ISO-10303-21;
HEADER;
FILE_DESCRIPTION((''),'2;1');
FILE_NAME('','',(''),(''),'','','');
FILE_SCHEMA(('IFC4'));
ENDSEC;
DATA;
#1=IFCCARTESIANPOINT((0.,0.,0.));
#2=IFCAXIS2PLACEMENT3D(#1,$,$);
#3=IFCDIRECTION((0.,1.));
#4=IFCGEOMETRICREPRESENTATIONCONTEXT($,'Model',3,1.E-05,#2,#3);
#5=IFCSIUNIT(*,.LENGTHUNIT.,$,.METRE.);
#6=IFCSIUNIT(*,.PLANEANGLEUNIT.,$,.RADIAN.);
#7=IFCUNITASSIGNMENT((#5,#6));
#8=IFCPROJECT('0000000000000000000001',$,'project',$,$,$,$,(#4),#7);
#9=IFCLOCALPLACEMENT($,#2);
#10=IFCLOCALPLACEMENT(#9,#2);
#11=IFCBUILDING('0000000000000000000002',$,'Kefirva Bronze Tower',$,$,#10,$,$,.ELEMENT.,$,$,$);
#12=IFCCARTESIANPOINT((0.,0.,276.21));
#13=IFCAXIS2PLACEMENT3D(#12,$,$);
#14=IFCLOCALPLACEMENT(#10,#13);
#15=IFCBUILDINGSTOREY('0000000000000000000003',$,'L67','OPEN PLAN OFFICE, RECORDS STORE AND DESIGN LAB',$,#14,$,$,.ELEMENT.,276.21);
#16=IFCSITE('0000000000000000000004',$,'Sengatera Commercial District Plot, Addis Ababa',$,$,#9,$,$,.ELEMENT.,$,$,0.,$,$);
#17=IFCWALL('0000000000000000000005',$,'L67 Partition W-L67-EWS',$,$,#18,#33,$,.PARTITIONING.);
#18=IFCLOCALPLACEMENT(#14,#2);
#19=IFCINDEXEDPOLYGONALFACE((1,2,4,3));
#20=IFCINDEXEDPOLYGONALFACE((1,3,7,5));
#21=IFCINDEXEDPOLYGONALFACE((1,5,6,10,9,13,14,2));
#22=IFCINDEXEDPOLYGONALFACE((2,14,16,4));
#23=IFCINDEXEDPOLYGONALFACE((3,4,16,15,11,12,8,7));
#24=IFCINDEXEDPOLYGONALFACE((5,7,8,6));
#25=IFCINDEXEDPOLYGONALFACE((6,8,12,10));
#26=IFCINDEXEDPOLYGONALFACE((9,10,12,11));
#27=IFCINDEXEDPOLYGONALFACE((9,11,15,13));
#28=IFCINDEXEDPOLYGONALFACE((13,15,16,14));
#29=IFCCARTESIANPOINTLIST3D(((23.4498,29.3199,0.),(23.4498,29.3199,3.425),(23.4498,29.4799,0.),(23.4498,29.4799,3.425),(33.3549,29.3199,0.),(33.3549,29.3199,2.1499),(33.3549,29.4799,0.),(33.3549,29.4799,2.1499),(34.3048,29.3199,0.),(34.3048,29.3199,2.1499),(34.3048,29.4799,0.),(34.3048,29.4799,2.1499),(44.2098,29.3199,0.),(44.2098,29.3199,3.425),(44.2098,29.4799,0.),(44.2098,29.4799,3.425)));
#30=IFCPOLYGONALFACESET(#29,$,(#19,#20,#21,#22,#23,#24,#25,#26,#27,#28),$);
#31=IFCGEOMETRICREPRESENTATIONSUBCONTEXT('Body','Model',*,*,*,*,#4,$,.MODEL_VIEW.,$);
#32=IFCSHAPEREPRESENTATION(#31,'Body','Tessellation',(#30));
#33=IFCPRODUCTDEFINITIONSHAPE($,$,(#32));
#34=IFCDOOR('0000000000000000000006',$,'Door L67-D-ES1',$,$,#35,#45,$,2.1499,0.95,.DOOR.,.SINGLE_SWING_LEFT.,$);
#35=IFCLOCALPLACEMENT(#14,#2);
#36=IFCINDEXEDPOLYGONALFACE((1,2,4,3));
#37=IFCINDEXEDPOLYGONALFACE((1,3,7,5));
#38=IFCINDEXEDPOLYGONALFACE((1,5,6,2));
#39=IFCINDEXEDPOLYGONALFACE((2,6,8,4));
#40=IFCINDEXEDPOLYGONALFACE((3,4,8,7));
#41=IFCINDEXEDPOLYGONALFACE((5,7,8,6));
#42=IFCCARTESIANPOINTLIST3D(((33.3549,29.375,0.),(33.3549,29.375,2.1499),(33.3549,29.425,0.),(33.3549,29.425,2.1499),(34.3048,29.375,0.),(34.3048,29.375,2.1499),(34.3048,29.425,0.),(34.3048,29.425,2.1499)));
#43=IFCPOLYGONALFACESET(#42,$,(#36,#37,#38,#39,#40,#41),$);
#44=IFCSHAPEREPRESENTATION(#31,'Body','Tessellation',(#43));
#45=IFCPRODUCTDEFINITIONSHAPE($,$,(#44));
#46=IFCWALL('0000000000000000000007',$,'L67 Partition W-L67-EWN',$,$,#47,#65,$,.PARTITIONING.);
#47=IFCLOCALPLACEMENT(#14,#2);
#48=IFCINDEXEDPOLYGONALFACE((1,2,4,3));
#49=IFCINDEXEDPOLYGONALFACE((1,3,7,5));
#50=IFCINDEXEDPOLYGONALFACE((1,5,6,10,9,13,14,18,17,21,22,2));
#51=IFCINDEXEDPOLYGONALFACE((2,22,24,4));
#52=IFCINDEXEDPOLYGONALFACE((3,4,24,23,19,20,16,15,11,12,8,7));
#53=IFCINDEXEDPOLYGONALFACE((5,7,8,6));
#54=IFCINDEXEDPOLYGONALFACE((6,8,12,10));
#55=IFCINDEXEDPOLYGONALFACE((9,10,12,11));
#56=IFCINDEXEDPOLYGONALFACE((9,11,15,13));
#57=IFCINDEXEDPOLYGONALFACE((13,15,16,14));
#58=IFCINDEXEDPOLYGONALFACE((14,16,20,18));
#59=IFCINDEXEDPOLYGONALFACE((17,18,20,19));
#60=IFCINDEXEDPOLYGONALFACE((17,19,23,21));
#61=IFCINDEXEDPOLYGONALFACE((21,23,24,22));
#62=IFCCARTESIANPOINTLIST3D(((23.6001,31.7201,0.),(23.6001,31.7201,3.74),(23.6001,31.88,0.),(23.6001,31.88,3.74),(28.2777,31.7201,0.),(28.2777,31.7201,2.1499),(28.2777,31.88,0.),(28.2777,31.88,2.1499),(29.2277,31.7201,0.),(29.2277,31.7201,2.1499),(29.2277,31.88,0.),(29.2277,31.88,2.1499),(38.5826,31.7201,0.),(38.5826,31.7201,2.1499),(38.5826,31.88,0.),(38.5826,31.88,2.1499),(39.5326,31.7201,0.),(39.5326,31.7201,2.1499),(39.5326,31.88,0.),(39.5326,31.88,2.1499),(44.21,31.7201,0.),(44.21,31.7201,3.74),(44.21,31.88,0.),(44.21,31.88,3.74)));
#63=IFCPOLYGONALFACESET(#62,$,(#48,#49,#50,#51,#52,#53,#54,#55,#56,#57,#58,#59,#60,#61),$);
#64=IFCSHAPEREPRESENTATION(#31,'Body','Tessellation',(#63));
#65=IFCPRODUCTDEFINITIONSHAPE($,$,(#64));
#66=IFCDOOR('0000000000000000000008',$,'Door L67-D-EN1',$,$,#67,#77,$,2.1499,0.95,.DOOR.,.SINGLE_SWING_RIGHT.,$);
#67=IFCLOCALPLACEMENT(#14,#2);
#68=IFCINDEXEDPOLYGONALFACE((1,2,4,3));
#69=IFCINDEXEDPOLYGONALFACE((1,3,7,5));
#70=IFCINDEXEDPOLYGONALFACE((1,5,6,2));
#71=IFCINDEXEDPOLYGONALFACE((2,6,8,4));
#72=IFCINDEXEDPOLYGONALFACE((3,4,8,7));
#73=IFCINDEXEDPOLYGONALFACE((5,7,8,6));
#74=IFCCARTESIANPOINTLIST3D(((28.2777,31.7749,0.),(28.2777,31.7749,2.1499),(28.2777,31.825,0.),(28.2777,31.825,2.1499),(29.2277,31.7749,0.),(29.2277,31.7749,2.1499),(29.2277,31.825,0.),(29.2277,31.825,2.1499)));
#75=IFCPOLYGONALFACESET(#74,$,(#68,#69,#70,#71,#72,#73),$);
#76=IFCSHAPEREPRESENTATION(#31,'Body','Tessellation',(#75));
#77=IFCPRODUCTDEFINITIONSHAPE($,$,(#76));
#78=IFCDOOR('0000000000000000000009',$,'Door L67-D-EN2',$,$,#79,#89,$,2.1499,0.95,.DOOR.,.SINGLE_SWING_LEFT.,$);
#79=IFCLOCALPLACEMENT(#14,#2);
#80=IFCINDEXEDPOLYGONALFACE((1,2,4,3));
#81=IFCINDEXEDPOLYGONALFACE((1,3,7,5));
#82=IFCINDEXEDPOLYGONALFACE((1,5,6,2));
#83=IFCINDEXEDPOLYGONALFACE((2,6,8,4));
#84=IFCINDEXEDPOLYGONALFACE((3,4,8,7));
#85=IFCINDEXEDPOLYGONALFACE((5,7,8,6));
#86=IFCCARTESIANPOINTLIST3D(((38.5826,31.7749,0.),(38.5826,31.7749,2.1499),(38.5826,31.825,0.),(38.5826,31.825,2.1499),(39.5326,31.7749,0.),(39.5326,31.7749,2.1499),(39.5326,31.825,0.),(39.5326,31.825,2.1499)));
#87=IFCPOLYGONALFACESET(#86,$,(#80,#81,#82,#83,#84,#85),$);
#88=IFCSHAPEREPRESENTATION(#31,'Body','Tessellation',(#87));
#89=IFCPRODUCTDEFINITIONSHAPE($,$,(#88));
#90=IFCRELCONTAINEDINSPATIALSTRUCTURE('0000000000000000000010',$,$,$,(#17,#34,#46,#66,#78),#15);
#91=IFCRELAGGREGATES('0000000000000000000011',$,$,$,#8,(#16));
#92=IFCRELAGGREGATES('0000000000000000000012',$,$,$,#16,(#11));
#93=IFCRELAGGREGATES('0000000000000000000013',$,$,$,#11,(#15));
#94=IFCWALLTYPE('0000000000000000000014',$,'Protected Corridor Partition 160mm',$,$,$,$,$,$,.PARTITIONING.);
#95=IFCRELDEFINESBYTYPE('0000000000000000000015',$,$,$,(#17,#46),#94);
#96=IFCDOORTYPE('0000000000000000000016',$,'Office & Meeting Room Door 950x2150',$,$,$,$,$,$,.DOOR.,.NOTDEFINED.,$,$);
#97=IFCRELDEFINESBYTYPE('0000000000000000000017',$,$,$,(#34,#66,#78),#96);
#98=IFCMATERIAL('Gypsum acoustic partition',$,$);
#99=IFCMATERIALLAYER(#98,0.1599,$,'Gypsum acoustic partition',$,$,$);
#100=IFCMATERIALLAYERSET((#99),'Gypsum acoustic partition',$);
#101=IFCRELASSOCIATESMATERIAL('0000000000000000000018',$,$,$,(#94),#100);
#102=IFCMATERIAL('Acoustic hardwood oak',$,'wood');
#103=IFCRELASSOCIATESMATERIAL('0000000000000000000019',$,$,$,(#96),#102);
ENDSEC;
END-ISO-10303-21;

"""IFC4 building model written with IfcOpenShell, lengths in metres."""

from ifc_helpers import new_model, si_unit, direction, frame, frame_2d, origin, place, context, subcontext, project, spatial, rectangle, extrude, material, layer, layer_set, type_object, element, fill, save


model = new_model("IFC4")

# Units and contexts
model_context = context("Model", 3, precision=1e-05, world=origin(), true_north=direction((0.0, 1.0)))
body_context = subcontext(model_context, "Body", "Model", "MODEL_VIEW")
ifc_project = project(units=[si_unit("LENGTHUNIT", "METRE"), si_unit("PLANEANGLEUNIT", "RADIAN")], contexts=[model_context])

# Site, building, storey
site_placement = place(None, origin())
site = spatial("IfcSite", under=ifc_project, at=site_placement, Name="Sengatera Commercial District Plot, Addis Ababa", CompositionType="ELEMENT", RefElevation=0.0)
building_placement = place(site_placement, origin())
building = spatial("IfcBuilding", under=site, at=building_placement, Name="Kefirva Bronze Tower", CompositionType="ELEMENT")
storey_placement = place(building_placement, frame((0.0, 0.0, 276.21)))
storey = spatial("IfcBuildingStorey", under=building, at=storey_placement, Name="L67", Description="OPEN PLAN OFFICE, RECORDS STORE AND DESIGN LAB", CompositionType="ELEMENT", Elevation=276.21)

# Shared definitions
ifc_material_1 = material(Name="Gypsum acoustic partition")

# Wall, opening, door
ifc_layer_1 = layer(ifc_material_1, 0.1599, Name="Gypsum acoustic partition")
ifc_layer_set_1 = layer_set([ifc_layer_1], Name="Gypsum acoustic partition")
wall_type_1 = type_object("IfcWallType", Name="Protected Corridor Partition 160mm", PredefinedType="PARTITIONING", material=ifc_layer_set_1)
wall_1_placement = place(storey_placement, frame((23.45, 29.3999, 0.0), z_axis=(0.0, 0.0, 1.0), x_axis=(1.0, 0.0, 0.0)))
wall_1 = element("IfcWall", 1, at=wall_1_placement, inside=storey, type_object=wall_type_1, Name="L67 Partition W-L67-EWS", PredefinedType="PARTITIONING", context=body_context, shape_type="SweptSolid", body=[
    extrude(rectangle(XDim=20.76, YDim=0.1599, at=frame_2d((10.3799, 0.0))), origin(), (0.0, 0.0, 1.0), 3.425),
])
opening_1_placement = place(wall_1_placement, frame((10.855, 0.0, 0.0), z_axis=(0.0, 0.0, 1.0), x_axis=(-1.0, 0.0, 0.0)))
opening_1 = element("IfcOpeningElement", 2, at=opening_1_placement, cuts=wall_1, PredefinedType="OPENING", context=body_context, shape_type="SweptSolid", body=[
    extrude(rectangle(XDim=0.95, YDim=2.1499, at=frame_2d((0.4751, 1.075))), frame((0.0, 0.0898, 0.0), z_axis=(0.0, -1.0, 0.0), x_axis=(1.0, 0.0, 0.0)), (0.0, 0.0, 1.0), 0.1799),
])
ifc_material_2 = material(Name="Acoustic hardwood oak", Category="wood")
door_type = type_object("IfcDoorType", Name="Office & Meeting Room Door 950x2150", OperationType="NOTDEFINED", PredefinedType="DOOR", material=ifc_material_2)
door_1_placement = place(opening_1_placement, origin())
door_1 = element("IfcDoor", 3, at=door_1_placement, inside=storey, type_object=door_type, Name="Door L67-D-ES1", OperationType="SINGLE_SWING_LEFT", OverallHeight=2.1499, OverallWidth=0.95, PredefinedType="DOOR", context=body_context, shape_type="SweptSolid", body=[
    extrude(rectangle(XDim=0.95, YDim=2.1499, at=frame_2d((0.4751, 1.075))), frame((0.0, 0.0249, 0.0), z_axis=(0.0, -1.0, 0.0), x_axis=(1.0, 0.0, 0.0)), (0.0, 0.0, 1.0), 0.05),
])
fill(opening_1, door_1)

# Wall, openings, doors
wall_2_placement = place(storey_placement, frame((23.6001, 31.8, 0.0), z_axis=(0.0, 0.0, 1.0), x_axis=(1.0, 0.0, 0.0)))
wall_2 = element("IfcWall", 4, at=wall_2_placement, inside=storey, type_object=wall_type_1, Name="L67 Partition W-L67-EWN", PredefinedType="PARTITIONING", context=body_context, shape_type="SweptSolid", body=[
    extrude(rectangle(XDim=20.6099, YDim=0.1599, at=frame_2d((10.3049, 0.0))), origin(), (0.0, 0.0, 1.0), 3.74),
])
opening_2_placement = place(wall_2_placement, frame((4.6775, 0.0, 0.0)))
opening_2 = element("IfcOpeningElement", 5, at=opening_2_placement, cuts=wall_2, PredefinedType="OPENING", context=body_context, shape_type="SweptSolid", body=[
    extrude(rectangle(XDim=0.95, YDim=2.1499, at=frame_2d((0.4751, 1.075))), frame((0.0, 0.0898, 0.0), z_axis=(0.0, -1.0, 0.0), x_axis=(1.0, 0.0, 0.0)), (0.0, 0.0, 1.0), 0.1799),
])
opening_3_placement = place(wall_2_placement, frame((14.9824, 0.0, 0.0)))
opening_3 = element("IfcOpeningElement", 6, at=opening_3_placement, cuts=wall_2, PredefinedType="OPENING", context=body_context, shape_type="SweptSolid", body=[
    extrude(rectangle(XDim=0.95, YDim=2.1499, at=frame_2d((0.4751, 1.075))), frame((0.0, 0.0898, 0.0), z_axis=(0.0, -1.0, 0.0), x_axis=(1.0, 0.0, 0.0)), (0.0, 0.0, 1.0), 0.1799),
])
door_2_placement = place(opening_2_placement, origin())
door_2 = element("IfcDoor", 7, at=door_2_placement, inside=storey, type_object=door_type, Name="Door L67-D-EN1", OperationType="SINGLE_SWING_RIGHT", OverallHeight=2.1499, OverallWidth=0.95, PredefinedType="DOOR", context=body_context, shape_type="SweptSolid", body=[
    extrude(rectangle(XDim=0.95, YDim=2.1499, at=frame_2d((0.4751, 1.075))), frame((0.0, 0.0249, 0.0), z_axis=(0.0, -1.0, 0.0), x_axis=(1.0, 0.0, 0.0)), (0.0, 0.0, 1.0), 0.05),
])
fill(opening_2, door_2)
door_3_placement = place(opening_3_placement, origin())
door_3 = element("IfcDoor", 8, at=door_3_placement, inside=storey, type_object=door_type, Name="Door L67-D-EN2", OperationType="SINGLE_SWING_LEFT", OverallHeight=2.1499, OverallWidth=0.95, PredefinedType="DOOR", context=body_context, shape_type="SweptSolid", body=[
    extrude(rectangle(XDim=0.95, YDim=2.1499, at=frame_2d((0.4751, 1.075))), frame((0.0, 0.0249, 0.0), z_axis=(0.0, -1.0, 0.0), x_axis=(1.0, 0.0, 0.0)), (0.0, 0.0, 1.0), 0.05),
])
fill(opening_3, door_3)

save(model, "model.ifc")
